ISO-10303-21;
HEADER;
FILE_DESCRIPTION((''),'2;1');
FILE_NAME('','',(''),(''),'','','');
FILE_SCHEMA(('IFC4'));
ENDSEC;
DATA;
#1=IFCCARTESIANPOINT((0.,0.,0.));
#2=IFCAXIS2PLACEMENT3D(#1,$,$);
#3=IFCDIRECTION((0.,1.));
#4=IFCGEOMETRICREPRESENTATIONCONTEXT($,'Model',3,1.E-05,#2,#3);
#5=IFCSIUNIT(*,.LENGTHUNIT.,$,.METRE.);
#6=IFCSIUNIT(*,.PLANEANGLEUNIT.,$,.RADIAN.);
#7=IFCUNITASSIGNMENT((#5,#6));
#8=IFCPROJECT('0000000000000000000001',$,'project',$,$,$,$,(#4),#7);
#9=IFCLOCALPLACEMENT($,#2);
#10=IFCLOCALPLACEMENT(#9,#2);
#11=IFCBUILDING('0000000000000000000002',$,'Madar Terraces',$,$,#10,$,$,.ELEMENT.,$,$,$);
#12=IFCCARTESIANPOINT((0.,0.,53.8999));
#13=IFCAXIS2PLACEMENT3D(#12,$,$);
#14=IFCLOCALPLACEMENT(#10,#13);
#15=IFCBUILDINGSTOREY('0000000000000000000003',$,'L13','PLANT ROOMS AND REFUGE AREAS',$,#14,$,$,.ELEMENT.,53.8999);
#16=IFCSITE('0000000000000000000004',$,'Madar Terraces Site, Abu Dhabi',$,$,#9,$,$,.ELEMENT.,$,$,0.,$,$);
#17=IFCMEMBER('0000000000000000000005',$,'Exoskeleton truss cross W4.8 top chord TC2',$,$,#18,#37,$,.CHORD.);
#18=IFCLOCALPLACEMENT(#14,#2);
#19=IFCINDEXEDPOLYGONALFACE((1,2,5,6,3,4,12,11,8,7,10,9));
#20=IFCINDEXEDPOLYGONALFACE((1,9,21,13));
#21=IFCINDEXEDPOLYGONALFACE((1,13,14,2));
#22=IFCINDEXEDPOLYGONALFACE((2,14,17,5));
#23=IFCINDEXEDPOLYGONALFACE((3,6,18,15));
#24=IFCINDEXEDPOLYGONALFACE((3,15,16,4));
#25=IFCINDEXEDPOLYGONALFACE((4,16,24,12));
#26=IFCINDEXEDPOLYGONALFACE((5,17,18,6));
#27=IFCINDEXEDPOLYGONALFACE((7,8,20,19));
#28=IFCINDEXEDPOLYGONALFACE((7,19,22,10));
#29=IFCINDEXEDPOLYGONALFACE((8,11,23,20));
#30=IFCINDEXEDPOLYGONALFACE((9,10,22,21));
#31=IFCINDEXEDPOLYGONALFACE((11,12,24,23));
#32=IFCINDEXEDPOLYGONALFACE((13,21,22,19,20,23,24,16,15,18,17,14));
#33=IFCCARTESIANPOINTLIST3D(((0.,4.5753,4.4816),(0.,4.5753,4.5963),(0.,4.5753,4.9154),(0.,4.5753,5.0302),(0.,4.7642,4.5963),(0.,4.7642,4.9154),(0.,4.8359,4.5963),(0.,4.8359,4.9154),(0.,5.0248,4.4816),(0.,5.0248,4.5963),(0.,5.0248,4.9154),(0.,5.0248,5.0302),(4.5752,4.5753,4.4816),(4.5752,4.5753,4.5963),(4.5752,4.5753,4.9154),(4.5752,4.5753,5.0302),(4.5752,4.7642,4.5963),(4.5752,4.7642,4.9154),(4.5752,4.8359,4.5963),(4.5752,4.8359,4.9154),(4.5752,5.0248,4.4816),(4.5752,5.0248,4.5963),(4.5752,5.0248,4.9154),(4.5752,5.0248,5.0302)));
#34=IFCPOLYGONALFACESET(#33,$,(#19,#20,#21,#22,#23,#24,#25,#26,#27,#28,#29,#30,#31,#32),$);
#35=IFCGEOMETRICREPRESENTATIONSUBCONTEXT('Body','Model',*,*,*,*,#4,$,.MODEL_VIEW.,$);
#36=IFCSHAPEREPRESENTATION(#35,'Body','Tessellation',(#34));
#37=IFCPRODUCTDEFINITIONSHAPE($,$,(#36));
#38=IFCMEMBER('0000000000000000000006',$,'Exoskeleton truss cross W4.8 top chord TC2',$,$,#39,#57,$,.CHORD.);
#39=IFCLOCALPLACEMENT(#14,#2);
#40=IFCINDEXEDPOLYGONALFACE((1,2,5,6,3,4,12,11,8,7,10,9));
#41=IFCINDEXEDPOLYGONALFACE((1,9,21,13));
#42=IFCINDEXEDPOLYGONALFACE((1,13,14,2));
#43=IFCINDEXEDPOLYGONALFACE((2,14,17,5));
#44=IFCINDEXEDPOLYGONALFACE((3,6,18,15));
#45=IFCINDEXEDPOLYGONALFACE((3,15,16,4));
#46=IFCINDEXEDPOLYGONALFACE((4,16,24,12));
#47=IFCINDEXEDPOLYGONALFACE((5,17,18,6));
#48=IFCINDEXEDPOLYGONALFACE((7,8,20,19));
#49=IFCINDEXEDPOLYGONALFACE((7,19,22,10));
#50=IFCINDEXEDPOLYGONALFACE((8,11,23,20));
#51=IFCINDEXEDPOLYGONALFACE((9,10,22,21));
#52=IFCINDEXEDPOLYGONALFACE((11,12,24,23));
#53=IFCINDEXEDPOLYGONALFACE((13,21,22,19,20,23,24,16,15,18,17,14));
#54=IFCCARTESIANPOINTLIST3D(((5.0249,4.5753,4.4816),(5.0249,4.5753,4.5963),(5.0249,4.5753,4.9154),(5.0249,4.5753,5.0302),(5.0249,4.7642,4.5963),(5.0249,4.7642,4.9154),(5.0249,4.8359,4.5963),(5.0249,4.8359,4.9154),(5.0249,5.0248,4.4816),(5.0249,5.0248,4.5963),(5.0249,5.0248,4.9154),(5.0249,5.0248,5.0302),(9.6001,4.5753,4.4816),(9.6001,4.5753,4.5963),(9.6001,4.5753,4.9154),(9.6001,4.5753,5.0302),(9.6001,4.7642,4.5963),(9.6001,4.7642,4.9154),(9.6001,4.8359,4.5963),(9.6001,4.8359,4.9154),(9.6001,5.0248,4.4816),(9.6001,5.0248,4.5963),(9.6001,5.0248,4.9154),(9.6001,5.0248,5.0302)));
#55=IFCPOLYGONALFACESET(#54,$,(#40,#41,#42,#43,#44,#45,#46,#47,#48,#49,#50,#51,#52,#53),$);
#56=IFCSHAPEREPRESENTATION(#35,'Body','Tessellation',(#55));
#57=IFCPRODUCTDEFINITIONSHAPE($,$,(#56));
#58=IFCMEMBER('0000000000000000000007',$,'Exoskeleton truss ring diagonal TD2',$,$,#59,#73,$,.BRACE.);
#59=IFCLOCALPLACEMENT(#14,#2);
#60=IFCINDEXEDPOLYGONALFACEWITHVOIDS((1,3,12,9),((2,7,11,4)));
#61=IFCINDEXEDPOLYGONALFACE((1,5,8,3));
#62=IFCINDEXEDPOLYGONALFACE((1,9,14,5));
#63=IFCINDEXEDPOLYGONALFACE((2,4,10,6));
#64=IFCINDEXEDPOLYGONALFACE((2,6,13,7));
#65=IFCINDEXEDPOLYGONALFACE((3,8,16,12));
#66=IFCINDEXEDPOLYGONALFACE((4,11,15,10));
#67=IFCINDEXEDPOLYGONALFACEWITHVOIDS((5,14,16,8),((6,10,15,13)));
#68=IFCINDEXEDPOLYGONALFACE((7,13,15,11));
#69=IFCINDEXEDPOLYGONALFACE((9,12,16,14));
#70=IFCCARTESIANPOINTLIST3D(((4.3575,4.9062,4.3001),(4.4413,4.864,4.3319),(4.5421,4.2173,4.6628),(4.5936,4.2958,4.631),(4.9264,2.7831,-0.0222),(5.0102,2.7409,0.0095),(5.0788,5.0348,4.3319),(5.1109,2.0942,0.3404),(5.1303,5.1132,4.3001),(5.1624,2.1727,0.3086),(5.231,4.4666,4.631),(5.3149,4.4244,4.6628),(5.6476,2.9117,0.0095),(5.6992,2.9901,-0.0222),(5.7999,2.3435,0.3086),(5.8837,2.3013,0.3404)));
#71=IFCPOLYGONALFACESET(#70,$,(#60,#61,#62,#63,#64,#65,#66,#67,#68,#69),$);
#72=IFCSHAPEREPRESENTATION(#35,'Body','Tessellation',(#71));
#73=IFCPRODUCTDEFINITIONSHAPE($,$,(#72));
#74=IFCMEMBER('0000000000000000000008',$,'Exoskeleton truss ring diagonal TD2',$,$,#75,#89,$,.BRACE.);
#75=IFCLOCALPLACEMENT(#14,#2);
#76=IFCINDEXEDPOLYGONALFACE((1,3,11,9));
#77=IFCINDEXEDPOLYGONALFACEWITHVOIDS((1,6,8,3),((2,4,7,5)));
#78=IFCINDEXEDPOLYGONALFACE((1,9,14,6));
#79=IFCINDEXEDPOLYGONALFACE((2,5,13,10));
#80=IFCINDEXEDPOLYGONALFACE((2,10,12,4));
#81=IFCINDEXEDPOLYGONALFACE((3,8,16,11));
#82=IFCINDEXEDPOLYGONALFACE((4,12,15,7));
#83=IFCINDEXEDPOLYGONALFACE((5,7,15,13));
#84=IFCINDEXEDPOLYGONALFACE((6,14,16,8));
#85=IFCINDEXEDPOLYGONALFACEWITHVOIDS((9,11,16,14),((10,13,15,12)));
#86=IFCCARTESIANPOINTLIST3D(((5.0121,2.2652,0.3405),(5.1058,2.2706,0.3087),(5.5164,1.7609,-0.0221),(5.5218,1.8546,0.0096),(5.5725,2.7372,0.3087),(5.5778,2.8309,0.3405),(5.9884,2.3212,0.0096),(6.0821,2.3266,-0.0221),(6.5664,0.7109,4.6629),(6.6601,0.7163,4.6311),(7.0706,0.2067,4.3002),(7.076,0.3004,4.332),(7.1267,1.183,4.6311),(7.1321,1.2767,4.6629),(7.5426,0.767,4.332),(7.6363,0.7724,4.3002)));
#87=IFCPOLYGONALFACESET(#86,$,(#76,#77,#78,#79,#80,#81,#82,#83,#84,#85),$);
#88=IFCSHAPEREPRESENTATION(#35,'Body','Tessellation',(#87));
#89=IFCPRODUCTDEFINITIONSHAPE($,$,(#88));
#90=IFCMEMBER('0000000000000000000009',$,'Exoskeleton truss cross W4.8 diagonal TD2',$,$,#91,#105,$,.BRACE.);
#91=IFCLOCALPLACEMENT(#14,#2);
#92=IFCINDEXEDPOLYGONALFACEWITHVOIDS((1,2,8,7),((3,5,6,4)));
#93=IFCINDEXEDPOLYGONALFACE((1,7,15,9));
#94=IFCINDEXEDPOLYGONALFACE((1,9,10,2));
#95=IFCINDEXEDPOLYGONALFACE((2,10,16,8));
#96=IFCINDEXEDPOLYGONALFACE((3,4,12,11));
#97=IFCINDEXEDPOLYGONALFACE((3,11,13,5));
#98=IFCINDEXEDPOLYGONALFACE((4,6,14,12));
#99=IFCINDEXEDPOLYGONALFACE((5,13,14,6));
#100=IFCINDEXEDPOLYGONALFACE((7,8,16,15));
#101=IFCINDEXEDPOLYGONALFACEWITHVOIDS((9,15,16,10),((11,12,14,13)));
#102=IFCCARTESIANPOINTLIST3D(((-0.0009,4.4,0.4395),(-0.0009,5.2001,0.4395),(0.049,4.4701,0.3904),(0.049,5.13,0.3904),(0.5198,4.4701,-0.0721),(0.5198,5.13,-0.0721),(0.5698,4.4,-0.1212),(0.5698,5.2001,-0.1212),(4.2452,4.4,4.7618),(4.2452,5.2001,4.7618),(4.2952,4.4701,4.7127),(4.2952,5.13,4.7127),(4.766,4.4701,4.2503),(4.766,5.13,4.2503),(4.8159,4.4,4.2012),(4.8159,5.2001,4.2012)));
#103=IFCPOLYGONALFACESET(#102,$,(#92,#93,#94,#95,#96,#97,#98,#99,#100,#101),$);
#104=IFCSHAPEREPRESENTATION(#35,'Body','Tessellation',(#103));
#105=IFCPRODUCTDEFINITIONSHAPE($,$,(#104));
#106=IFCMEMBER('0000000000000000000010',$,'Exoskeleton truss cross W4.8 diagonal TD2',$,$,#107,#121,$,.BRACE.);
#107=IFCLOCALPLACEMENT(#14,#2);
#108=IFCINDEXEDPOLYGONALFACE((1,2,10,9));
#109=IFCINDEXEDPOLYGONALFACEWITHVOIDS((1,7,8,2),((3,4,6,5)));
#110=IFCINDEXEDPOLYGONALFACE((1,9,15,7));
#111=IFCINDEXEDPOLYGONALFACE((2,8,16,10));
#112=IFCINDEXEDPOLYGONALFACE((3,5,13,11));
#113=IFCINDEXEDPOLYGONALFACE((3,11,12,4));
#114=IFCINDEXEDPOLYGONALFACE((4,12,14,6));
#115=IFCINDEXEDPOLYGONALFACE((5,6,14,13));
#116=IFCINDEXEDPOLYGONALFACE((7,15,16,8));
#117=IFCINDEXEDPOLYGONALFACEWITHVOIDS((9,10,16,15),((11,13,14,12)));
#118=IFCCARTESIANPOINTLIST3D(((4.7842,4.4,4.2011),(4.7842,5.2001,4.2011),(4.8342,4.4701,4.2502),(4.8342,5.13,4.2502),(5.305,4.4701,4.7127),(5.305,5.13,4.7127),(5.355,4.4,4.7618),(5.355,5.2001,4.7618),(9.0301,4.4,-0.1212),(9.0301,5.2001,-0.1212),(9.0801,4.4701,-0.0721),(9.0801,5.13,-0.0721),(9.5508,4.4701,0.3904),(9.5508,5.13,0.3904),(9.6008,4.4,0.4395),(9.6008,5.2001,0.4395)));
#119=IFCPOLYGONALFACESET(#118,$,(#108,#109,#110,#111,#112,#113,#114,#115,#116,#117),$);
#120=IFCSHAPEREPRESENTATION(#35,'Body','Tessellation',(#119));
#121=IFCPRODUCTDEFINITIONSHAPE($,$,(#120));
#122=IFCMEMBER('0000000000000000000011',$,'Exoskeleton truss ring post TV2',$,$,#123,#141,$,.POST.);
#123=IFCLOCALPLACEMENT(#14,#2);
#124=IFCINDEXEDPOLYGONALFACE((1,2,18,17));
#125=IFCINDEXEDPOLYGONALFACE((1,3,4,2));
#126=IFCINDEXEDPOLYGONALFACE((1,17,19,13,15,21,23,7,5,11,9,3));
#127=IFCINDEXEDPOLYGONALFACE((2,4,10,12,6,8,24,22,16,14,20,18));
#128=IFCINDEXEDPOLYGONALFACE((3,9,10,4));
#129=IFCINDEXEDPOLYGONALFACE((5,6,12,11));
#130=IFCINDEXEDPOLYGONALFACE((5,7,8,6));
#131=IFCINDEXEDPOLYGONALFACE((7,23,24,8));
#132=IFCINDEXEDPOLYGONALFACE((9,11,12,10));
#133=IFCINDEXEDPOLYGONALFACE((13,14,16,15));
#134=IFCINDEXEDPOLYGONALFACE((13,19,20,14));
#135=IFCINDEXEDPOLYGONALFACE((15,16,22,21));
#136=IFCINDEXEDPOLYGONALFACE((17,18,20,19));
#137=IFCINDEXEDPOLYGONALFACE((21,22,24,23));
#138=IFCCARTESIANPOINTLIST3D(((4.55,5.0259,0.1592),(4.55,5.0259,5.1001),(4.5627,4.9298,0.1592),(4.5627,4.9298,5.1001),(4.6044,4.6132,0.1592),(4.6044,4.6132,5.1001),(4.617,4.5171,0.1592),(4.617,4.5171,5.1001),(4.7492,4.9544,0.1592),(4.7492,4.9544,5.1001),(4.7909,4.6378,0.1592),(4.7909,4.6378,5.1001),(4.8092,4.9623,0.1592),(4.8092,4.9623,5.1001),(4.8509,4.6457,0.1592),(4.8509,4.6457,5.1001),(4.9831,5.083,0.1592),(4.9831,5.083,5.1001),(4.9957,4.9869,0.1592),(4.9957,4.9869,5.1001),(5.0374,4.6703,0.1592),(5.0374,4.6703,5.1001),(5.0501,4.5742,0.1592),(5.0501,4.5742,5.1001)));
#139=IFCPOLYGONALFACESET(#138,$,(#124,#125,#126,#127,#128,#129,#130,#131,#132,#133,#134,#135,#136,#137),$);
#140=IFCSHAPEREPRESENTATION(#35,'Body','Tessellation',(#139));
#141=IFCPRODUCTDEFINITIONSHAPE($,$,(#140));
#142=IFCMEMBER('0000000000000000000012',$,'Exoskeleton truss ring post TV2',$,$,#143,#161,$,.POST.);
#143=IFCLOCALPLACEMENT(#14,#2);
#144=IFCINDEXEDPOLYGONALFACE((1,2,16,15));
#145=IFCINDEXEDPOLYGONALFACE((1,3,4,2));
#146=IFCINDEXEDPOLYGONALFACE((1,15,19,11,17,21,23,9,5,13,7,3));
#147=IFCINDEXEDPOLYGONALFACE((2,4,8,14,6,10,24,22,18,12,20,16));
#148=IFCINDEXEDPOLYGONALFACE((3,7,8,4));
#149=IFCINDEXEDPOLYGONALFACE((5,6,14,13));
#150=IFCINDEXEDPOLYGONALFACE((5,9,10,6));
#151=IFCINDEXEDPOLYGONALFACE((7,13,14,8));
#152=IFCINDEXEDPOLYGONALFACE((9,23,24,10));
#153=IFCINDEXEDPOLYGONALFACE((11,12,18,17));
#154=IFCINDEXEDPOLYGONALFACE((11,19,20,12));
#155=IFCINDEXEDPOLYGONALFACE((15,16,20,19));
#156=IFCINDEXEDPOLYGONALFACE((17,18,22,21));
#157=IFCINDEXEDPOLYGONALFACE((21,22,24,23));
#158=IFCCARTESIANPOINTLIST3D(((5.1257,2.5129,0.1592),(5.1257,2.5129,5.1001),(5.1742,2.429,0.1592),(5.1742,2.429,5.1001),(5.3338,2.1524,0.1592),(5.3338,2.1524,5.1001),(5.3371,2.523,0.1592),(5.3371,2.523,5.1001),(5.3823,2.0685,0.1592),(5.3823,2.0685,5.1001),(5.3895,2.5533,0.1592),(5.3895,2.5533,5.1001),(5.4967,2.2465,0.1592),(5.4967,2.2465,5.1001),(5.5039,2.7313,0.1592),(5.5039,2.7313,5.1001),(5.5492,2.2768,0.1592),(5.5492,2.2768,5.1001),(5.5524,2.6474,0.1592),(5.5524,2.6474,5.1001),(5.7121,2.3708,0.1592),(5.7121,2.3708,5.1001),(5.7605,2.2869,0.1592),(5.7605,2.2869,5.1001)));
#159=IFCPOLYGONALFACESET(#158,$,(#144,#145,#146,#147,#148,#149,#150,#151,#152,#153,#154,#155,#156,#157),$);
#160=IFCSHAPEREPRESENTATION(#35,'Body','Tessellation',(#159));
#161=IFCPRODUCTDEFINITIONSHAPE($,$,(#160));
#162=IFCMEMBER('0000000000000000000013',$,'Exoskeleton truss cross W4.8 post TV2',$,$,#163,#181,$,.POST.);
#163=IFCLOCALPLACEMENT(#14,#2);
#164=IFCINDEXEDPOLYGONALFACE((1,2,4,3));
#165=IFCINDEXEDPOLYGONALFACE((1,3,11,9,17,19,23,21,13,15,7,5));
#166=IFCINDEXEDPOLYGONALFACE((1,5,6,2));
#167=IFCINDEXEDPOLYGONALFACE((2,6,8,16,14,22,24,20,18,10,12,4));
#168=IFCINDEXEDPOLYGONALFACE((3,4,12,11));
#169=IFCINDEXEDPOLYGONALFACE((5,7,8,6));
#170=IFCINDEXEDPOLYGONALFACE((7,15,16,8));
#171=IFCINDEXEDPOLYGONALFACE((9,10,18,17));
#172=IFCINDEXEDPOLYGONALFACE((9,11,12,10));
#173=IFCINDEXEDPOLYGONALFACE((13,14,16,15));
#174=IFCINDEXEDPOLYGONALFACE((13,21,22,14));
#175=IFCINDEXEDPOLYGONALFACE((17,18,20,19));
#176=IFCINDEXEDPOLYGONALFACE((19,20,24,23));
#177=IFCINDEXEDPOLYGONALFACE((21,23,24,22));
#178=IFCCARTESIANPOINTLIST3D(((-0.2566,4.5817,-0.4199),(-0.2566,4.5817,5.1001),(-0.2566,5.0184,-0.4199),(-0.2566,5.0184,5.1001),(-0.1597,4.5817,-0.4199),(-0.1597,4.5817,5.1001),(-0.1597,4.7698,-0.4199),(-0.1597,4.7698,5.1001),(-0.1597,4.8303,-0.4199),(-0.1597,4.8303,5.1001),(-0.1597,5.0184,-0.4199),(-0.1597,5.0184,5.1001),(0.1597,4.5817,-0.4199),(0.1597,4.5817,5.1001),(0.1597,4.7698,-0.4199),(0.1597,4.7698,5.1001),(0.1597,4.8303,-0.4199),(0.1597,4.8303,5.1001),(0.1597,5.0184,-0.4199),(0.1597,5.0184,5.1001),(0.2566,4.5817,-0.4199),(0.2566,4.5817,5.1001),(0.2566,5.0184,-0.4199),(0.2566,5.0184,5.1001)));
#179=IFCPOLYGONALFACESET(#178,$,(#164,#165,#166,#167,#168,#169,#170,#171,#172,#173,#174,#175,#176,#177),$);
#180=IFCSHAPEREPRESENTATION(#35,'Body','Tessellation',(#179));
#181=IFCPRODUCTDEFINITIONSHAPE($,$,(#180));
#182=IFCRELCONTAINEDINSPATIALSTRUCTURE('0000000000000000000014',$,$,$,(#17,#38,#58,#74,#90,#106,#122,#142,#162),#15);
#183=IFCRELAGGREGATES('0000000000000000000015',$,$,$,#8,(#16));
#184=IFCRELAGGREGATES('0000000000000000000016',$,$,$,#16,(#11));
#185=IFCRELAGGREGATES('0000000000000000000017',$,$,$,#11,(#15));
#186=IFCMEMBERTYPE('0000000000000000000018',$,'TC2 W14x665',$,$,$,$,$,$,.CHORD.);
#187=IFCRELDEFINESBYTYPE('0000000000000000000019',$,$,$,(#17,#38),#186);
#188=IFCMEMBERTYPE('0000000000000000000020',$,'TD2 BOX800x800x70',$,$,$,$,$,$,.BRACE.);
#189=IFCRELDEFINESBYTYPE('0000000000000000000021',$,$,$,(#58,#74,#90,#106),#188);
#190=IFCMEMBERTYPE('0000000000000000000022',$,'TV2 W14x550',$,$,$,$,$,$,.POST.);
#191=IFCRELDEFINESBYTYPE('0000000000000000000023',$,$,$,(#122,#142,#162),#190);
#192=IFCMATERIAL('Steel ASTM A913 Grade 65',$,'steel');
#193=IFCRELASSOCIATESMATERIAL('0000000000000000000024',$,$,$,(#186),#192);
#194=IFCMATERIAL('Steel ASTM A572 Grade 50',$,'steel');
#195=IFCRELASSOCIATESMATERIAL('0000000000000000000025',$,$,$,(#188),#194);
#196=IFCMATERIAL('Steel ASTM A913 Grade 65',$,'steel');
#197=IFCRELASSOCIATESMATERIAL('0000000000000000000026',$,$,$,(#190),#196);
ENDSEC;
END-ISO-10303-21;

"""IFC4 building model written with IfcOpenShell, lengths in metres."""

from ifc_helpers import new_model, si_unit, direction, frame, origin, origin_2d, place, context, subcontext, project, spatial, hollow_rectangle, i_section, extrude, material, material_profile, profile_set, type_object, element, save


model = new_model("IFC4")

# Units and contexts
model_context = context("Model", 3, precision=1e-05, world=origin(), true_north=direction((0.0, 1.0)))
body_context = subcontext(model_context, "Body", "Model", "MODEL_VIEW")
ifc_project = project(units=[si_unit("LENGTHUNIT", "METRE"), si_unit("PLANEANGLEUNIT", "RADIAN")], contexts=[model_context])

# Site, building, storey
site_placement = place(None, origin())
site = spatial("IfcSite", under=ifc_project, at=site_placement, Name="Madar Terraces Site, Abu Dhabi", CompositionType="ELEMENT", RefElevation=0.0)
building_placement = place(site_placement, origin())
building = spatial("IfcBuilding", under=site, at=building_placement, Name="Madar Terraces", CompositionType="ELEMENT")
storey_placement = place(building_placement, frame((0.0, 0.0, 53.8999)))
storey = spatial("IfcBuildingStorey", under=building, at=storey_placement, Name="L13", Description="PLANT ROOMS AND REFUGE AREAS", CompositionType="ELEMENT", Elevation=53.8999)

# Members
ifc_material_1 = material(Name="Steel ASTM A913 Grade 65", Category="steel")
ifc_material_profile_1 = material_profile(ifc_material_1, i_section(OverallWidth=0.4495, OverallDepth=0.5486, WebThickness=0.0718, FlangeThickness=0.1147, at=origin_2d()), Name="W14x665")
ifc_profile_set_1 = profile_set([ifc_material_profile_1], Name="Steel ASTM A913 Grade 65")
member_type_1 = type_object("IfcMemberType", Name="TC2 W14x665", PredefinedType="CHORD", material=ifc_profile_set_1)
for number, where, z_axis, x_axis, name in (
    (1, (0.0, 4.8, 4.7559), (1.0, 0.0, 0.0), (0.0, 1.0, 0.0), "Exoskeleton truss cross W4.8 top chord TC2"),
    (2, (5.0249, 4.8, 4.7559), (1.0, 0.0, 0.0), (0.0, 1.0, 0.0), "Exoskeleton truss cross W4.8 top chord TC2"),
):
    element("IfcMember", number, at=place(storey_placement, frame(where, z_axis=z_axis, x_axis=x_axis)), inside=storey, type_object=member_type_1, Name=name, PredefinedType="CHORD", context=body_context, shape_type="SweptSolid", body=[
        extrude(i_section(OverallWidth=0.4495, OverallDepth=0.5486, WebThickness=0.0718, FlangeThickness=0.1147, at=origin_2d()), origin(), (0.0, 0.0, 1.0), 4.5752),
    ])
ifc_material_2 = material(Name="Steel ASTM A572 Grade 50", Category="steel")
ifc_material_profile_2 = material_profile(ifc_material_2, hollow_rectangle(XDim=0.8, YDim=0.8, WallThickness=0.0701, at=origin_2d()), Name="BOX800x800x70")
ifc_profile_set_2 = profile_set([ifc_material_profile_2], Name="Steel ASTM A572 Grade 50")
member_type_2 = type_object("IfcMemberType", Name="TD2 BOX800x800x70", PredefinedType="BRACE", material=ifc_profile_set_2)
for number, where, z_axis, x_axis, name in (
    (3, (4.8362, 4.6653, 4.4814), (0.117312, -0.437831, -0.891371), (0.965928, 0.25881, 0.0), "Exoskeleton truss ring diagonal TD2"),
    (4, (5.5471, 2.2959, 0.1592), (0.320518, -0.320518, 0.891368), (0.707107, 0.707107, 0.0), "Exoskeleton truss ring diagonal TD2"),
):
    element("IfcMember", number, at=place(storey_placement, frame(where, z_axis=z_axis, x_axis=x_axis)), inside=storey, type_object=member_type_2, Name=name, PredefinedType="BRACE", context=body_context, shape_type="SweptSolid", body=[
        extrude(hollow_rectangle(XDim=0.8, YDim=0.8, WallThickness=0.0701, at=origin_2d()), origin(), (0.0, 0.0, 1.0), 4.8491),
    ])
member_1_placement = place(storey_placement, frame((0.2844, 4.8, 0.1592), z_axis=(0.700793, 0.0, 0.713365), x_axis=(0.0, 1.0, 0.0)))
element("IfcMember", 5, at=member_1_placement, inside=storey, type_object=member_type_2, Name="Exoskeleton truss cross W4.8 diagonal TD2", PredefinedType="BRACE", context=body_context, shape_type="SweptSolid", body=[
    extrude(hollow_rectangle(XDim=0.8, YDim=0.8, WallThickness=0.0701, at=origin_2d()), origin(), (0.0, 0.0, 1.0), 6.0591),
])
member_2_placement = place(storey_placement, frame((5.0696, 4.8, 4.4814), z_axis=(0.700772, 0.0, -0.713385), x_axis=(0.0, 1.0, 0.0)))
element("IfcMember", 6, at=member_2_placement, inside=storey, type_object=member_type_2, Name="Exoskeleton truss cross W4.8 diagonal TD2", PredefinedType="BRACE", context=body_context, shape_type="SweptSolid", body=[
    extrude(hollow_rectangle(XDim=0.8, YDim=0.8, WallThickness=0.0701, at=origin_2d()), origin(), (0.0, 0.0, 1.0), 6.0588),
])
ifc_material_3 = material(Name="Steel ASTM A913 Grade 65", Category="steel")
ifc_material_profile_3 = material_profile(ifc_material_3, i_section(OverallWidth=0.4368, OverallDepth=0.5132, WebThickness=0.0605, FlangeThickness=0.0969, at=origin_2d()), Name="W14x550")
ifc_profile_set_3 = profile_set([ifc_material_profile_3], Name="Steel ASTM A913 Grade 65")
member_type_3 = type_object("IfcMemberType", Name="TV2 W14x550", PredefinedType="POST", material=ifc_profile_set_3)
for number, where, z_axis, x_axis, name in (
    (7, (4.8, 4.8, 0.1592), (0.0, 0.0, 1.0), (0.991445, 0.130526, 0.0), "Exoskeleton truss ring post TV2"),
    (8, (5.4431, 2.3999, 0.1592), (0.0, 0.0, 1.0), (0.866025, 0.5, 0.0), "Exoskeleton truss ring post TV2"),
):
    element("IfcMember", number, at=place(storey_placement, frame(where, z_axis=z_axis, x_axis=x_axis)), inside=storey, type_object=member_type_3, Name=name, PredefinedType="POST", context=body_context, shape_type="SweptSolid", body=[
        extrude(i_section(OverallWidth=0.4368, OverallDepth=0.5132, WebThickness=0.0605, FlangeThickness=0.0969, at=origin_2d()), origin(), (0.0, 0.0, 1.0), 4.9409),
    ])
member_3_placement = place(storey_placement, frame((0.0, 4.8, -0.4199), z_axis=(0.0, 0.0, 1.0), x_axis=(0.0, 1.0, 0.0)))
element("IfcMember", 9, at=member_3_placement, inside=storey, type_object=member_type_3, Name="Exoskeleton truss cross W4.8 post TV2", PredefinedType="POST", context=body_context, shape_type="SweptSolid", body=[
    extrude(i_section(OverallWidth=0.4368, OverallDepth=0.5132, WebThickness=0.0605, FlangeThickness=0.0969, at=origin_2d()), origin(), (0.0, 0.0, 1.0), 5.52),
])

save(model, "model.ifc")
